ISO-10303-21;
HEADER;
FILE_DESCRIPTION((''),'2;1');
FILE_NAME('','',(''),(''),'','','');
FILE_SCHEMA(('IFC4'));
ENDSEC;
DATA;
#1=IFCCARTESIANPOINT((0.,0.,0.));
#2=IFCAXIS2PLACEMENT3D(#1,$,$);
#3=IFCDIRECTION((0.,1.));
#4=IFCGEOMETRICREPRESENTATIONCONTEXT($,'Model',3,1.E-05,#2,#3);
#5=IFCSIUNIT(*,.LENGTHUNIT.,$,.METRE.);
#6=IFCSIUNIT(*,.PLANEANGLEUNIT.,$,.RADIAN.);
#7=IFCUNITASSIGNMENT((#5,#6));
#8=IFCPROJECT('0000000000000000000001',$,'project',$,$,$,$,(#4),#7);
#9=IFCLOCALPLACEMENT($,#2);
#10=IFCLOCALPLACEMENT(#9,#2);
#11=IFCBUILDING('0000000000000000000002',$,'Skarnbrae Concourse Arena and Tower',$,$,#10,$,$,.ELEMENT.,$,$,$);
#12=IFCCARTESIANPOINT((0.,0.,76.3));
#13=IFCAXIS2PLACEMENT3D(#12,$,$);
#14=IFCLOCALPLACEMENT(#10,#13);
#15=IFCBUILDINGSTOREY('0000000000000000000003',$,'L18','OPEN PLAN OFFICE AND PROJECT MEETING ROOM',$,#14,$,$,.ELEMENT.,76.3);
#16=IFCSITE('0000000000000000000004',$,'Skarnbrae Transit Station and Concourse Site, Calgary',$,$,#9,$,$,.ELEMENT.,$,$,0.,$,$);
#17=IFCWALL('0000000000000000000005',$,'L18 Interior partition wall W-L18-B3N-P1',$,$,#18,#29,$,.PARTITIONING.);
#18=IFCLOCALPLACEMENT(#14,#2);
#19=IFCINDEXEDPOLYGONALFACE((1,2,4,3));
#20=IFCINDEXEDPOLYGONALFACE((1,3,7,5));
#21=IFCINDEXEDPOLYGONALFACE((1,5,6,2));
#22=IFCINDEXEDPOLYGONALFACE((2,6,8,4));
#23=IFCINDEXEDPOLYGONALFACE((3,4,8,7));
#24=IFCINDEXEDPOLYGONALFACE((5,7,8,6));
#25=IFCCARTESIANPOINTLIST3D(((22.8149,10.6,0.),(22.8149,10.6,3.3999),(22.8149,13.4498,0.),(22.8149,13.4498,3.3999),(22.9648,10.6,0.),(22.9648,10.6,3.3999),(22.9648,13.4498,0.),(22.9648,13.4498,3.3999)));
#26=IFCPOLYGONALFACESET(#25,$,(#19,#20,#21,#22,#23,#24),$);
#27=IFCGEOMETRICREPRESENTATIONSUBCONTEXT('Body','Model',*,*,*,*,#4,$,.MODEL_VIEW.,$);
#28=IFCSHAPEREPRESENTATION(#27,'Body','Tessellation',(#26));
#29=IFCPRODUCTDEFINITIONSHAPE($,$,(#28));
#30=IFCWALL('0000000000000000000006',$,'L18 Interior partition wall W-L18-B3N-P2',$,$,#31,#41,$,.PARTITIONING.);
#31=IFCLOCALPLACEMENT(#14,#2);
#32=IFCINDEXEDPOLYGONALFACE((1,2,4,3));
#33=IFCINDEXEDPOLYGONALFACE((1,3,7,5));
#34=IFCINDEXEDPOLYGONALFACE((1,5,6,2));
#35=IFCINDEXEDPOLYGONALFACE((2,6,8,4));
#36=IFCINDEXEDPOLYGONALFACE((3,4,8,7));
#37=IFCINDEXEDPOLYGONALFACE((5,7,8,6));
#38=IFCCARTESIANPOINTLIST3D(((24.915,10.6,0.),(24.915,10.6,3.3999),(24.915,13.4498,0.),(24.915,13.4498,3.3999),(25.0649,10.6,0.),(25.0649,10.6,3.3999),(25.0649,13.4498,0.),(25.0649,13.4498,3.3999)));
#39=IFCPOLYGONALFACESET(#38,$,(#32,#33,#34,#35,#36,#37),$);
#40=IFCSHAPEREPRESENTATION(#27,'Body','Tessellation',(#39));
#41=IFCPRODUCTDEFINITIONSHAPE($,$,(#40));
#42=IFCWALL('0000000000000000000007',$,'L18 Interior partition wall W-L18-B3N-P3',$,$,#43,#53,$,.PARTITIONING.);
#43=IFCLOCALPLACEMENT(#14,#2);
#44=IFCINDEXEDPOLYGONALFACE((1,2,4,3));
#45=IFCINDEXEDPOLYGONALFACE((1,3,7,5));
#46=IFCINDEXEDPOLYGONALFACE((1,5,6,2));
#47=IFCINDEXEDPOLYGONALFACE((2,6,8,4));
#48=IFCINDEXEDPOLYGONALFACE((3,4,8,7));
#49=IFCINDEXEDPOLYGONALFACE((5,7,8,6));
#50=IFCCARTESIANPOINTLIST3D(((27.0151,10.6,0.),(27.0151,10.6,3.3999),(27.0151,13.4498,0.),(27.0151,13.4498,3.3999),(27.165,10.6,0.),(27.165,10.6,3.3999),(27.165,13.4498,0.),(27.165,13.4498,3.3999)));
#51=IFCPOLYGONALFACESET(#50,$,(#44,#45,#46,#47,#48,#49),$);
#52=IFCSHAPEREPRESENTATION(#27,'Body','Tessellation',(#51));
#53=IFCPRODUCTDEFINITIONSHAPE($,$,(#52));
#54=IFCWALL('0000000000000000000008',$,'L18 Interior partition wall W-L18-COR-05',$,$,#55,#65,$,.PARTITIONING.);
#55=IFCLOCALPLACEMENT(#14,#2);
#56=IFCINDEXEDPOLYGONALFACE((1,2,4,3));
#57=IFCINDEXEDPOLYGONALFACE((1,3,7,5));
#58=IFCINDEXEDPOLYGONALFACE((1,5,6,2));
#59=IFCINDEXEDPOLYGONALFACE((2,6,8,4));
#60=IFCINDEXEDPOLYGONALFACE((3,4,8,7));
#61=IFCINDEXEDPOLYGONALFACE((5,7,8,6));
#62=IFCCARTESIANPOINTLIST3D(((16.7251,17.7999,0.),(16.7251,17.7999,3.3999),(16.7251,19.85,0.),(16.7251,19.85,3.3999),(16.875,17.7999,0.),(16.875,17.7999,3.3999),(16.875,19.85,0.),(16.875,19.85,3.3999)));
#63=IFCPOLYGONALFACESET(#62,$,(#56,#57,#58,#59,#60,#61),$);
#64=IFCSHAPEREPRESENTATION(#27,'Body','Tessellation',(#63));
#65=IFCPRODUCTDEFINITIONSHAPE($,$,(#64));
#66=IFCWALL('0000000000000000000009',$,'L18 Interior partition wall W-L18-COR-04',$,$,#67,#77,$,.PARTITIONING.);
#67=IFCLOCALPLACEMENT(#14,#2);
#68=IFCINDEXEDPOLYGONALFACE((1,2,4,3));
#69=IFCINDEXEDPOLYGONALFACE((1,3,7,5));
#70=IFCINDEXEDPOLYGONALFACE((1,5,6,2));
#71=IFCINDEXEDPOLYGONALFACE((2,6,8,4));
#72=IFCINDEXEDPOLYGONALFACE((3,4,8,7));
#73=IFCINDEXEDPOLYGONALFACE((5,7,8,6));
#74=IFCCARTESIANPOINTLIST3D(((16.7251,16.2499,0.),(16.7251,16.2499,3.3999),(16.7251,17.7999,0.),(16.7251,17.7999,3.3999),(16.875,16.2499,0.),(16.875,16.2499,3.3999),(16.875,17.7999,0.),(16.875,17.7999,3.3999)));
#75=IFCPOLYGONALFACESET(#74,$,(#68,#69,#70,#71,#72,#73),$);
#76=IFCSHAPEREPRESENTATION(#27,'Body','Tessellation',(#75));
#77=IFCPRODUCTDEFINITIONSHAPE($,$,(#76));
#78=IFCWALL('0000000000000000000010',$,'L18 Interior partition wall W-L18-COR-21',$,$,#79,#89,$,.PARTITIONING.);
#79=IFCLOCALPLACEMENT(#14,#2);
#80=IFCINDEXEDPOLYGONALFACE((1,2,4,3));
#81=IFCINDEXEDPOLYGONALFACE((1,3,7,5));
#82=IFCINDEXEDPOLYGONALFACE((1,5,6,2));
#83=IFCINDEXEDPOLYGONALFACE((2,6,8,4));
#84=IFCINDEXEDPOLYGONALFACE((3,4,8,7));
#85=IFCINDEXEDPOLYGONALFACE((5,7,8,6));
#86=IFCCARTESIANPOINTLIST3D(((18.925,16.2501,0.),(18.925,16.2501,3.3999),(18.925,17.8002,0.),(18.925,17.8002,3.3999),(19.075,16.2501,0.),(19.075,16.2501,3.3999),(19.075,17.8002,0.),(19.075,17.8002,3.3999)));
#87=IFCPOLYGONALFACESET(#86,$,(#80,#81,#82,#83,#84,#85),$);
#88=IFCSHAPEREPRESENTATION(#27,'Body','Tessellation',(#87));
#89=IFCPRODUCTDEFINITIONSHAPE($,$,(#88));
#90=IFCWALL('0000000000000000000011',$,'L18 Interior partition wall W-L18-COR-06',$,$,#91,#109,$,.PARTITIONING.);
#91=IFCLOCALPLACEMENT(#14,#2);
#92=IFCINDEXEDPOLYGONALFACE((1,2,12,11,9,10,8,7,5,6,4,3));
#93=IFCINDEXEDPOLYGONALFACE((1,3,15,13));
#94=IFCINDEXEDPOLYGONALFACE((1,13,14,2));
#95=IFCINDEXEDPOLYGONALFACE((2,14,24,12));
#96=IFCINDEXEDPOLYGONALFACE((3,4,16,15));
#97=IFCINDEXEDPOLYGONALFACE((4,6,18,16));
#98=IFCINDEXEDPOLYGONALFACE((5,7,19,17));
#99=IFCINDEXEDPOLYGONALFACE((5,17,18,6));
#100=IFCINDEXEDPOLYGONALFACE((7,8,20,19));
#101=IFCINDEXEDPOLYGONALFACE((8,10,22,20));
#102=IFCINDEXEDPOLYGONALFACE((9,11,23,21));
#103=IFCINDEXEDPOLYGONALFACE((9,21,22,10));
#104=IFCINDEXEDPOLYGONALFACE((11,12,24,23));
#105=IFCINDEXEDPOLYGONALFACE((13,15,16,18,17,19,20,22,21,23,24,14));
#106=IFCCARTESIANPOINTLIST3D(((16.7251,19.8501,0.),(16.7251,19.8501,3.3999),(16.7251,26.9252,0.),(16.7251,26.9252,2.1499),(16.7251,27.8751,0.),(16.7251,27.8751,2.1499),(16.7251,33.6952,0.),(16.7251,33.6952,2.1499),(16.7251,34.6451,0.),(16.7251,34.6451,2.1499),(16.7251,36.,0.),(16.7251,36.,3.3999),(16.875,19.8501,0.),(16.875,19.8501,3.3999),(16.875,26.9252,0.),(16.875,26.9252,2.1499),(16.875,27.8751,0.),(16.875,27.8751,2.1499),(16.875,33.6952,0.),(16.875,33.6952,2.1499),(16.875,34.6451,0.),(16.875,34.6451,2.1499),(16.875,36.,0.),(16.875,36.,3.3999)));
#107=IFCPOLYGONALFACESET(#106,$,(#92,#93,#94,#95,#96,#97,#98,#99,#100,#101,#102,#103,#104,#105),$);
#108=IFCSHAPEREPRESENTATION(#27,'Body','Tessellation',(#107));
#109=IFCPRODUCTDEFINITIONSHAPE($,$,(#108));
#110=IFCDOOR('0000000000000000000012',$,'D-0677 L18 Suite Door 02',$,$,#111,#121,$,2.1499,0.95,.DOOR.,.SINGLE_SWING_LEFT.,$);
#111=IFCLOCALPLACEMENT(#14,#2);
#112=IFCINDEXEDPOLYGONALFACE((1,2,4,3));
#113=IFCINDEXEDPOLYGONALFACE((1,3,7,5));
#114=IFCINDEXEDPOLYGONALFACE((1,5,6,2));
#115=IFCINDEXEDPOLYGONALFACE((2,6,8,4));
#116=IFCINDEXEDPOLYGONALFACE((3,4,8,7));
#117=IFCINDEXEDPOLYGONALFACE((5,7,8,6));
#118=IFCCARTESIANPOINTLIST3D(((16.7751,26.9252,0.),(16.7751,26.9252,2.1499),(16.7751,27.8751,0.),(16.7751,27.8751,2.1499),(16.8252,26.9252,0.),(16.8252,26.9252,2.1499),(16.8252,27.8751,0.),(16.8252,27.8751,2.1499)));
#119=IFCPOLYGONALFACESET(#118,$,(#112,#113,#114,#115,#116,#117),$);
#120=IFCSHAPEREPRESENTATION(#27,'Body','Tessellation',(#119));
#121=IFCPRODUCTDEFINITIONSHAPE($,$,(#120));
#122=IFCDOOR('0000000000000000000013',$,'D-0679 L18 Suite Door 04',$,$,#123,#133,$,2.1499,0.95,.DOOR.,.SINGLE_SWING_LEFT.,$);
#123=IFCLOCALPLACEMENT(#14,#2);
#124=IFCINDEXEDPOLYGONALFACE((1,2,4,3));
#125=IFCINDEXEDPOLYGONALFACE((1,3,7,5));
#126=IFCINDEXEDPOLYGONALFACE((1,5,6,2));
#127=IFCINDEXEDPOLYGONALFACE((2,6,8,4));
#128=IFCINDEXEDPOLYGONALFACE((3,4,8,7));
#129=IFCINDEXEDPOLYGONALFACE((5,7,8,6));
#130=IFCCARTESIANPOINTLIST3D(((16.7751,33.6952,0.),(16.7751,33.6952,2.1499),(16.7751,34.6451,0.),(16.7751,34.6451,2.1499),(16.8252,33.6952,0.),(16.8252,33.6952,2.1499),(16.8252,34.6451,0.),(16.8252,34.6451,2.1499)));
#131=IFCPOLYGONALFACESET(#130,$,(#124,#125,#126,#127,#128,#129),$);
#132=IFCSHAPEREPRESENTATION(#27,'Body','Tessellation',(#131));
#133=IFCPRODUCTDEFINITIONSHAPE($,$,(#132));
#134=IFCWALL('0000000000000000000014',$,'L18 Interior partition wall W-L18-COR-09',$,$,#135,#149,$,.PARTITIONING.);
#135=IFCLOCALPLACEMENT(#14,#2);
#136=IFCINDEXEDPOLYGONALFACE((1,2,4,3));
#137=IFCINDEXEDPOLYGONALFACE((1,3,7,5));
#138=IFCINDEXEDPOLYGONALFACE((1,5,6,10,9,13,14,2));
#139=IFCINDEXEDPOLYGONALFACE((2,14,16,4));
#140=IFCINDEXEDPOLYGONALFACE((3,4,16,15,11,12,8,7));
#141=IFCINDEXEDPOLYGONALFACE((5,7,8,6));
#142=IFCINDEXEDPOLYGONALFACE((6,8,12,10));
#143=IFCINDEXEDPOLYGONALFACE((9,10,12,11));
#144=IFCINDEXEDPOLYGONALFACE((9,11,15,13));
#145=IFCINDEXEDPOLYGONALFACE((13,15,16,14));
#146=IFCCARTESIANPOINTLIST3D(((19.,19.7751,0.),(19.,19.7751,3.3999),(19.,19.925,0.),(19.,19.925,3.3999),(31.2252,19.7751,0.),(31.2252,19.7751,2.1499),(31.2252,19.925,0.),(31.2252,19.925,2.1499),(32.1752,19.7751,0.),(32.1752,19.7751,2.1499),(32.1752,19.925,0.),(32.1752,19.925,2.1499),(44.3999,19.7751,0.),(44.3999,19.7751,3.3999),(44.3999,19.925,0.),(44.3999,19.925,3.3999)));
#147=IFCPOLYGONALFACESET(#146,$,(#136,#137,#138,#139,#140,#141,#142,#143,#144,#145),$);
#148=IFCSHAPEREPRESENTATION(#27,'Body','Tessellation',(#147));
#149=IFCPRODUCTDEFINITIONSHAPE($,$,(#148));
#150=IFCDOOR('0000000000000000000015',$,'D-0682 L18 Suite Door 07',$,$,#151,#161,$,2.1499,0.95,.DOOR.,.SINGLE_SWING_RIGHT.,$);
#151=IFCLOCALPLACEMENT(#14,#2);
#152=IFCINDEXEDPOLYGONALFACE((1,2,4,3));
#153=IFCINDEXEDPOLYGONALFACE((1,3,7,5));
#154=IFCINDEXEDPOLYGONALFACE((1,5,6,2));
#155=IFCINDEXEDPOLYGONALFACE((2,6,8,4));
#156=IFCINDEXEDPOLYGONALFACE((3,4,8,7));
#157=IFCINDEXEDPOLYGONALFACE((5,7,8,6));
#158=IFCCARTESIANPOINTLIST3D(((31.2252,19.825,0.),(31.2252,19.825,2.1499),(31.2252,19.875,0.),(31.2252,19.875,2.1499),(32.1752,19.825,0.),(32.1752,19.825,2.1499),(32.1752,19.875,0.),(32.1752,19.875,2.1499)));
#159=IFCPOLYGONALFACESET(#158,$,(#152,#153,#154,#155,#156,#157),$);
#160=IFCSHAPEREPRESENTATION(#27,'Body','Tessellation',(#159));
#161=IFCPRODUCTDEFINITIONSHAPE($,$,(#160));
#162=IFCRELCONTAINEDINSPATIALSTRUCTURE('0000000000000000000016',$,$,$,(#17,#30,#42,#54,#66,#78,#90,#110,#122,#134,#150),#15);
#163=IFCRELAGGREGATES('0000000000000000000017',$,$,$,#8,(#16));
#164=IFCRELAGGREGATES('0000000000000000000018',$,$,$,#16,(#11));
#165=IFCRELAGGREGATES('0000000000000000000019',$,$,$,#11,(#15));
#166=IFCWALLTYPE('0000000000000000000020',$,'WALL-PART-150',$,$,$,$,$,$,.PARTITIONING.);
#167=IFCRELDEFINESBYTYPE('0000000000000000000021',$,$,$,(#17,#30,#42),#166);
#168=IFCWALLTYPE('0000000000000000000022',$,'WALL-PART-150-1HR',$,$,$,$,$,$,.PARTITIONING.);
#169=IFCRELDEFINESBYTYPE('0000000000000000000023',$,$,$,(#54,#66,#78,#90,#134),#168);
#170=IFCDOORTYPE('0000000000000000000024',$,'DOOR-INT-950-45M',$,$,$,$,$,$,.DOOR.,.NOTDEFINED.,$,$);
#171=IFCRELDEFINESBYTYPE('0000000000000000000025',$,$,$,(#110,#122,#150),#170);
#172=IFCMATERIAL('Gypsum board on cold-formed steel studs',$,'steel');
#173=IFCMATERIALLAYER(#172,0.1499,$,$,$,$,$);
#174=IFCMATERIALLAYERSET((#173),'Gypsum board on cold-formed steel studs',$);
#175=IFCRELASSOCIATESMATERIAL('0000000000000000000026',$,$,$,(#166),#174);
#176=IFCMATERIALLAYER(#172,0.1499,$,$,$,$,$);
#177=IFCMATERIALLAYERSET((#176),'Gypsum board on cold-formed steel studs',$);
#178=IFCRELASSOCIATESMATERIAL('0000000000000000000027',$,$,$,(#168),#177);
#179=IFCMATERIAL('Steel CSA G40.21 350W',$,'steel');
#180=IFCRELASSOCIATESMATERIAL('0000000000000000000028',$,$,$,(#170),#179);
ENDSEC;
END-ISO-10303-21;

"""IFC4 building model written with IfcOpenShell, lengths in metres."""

from ifc_helpers import new_model, si_unit, direction, frame, frame_2d, origin, place, context, subcontext, project, spatial, rectangle, extrude, source, transform, mapped, material, layer, layer_set, type_object, element, fill, save


model = new_model("IFC4")

# Units and contexts
model_context = context("Model", 3, precision=1e-05, world=origin(), true_north=direction((0.0, 1.0)))
body_context = subcontext(model_context, "Body", "Model", "MODEL_VIEW")
ifc_project = project(units=[si_unit("LENGTHUNIT", "METRE"), si_unit("PLANEANGLEUNIT", "RADIAN")], contexts=[model_context])

# Site, building, storey
site_placement = place(None, origin())
site = spatial("IfcSite", under=ifc_project, at=site_placement, Name="Skarnbrae Transit Station and Concourse Site, Calgary", CompositionType="ELEMENT", RefElevation=0.0)
building_placement = place(site_placement, origin())
building = spatial("IfcBuilding", under=site, at=building_placement, Name="Skarnbrae Concourse Arena and Tower", CompositionType="ELEMENT")
storey_placement = place(building_placement, frame((0.0, 0.0, 76.3)))
storey = spatial("IfcBuildingStorey", under=building, at=storey_placement, Name="L18", Description="OPEN PLAN OFFICE AND PROJECT MEETING ROOM", CompositionType="ELEMENT", Elevation=76.3)

# Shared definitions
ifc_material_1 = material(Name="Steel CSA G40.21 350W", Category="steel")

# Walls
ifc_material_2 = material(Name="Gypsum board on cold-formed steel studs", Category="steel")
ifc_layer_1 = layer(ifc_material_2, 0.1499)
ifc_layer_set_1 = layer_set([ifc_layer_1], Name="Gypsum board on cold-formed steel studs")
wall_type_1 = type_object("IfcWallType", Name="WALL-PART-150", PredefinedType="PARTITIONING", material=ifc_layer_set_1)
shared_shape_1 = source(origin(), body_context, "Body", "SweptSolid", [
    extrude(rectangle(XDim=2.8499, YDim=0.1499, at=frame_2d((1.4248, 0.0))), origin(), (0.0, 0.0, 1.0), 3.3999),
])
for number, where, z_axis, x_axis, name in (
    (1, (22.8899, 10.6001, 0.0), (0.0, 0.0, 1.0), (0.0, 1.0, 0.0), "L18 Interior partition wall W-L18-B3N-P1"),
    (2, (24.99, 10.6001, 0.0), (0.0, 0.0, 1.0), (0.0, 1.0, 0.0), "L18 Interior partition wall W-L18-B3N-P2"),
    (3, (27.0901, 10.6001, 0.0), (0.0, 0.0, 1.0), (0.0, 1.0, 0.0), "L18 Interior partition wall W-L18-B3N-P3"),
):
    element("IfcWall", number, at=place(storey_placement, frame(where, z_axis=z_axis, x_axis=x_axis)), inside=storey, type_object=wall_type_1, Name=name, PredefinedType="PARTITIONING", context=body_context, shape_type="MappedRepresentation", body=[
        mapped(shared_shape_1, transform((0.0, 0.0, 0.0))),
    ])
ifc_layer_2 = layer(ifc_material_2, 0.1499)
ifc_layer_set_2 = layer_set([ifc_layer_2], Name="Gypsum board on cold-formed steel studs")
wall_type_2 = type_object("IfcWallType", Name="WALL-PART-150-1HR", PredefinedType="PARTITIONING", material=ifc_layer_set_2)
shared_shape_2 = source(origin(), body_context, "Body", "SweptSolid", [
    extrude(rectangle(XDim=2.05, YDim=0.1499, at=frame_2d((1.0249, 0.0))), origin(), (0.0, 0.0, 1.0), 3.3999),
])
wall_1_placement = place(storey_placement, frame((16.8, 17.8, 0.0), z_axis=(0.0, 0.0, 1.0), x_axis=(0.0, 1.0, 0.0)))
element("IfcWall", 4, at=wall_1_placement, inside=storey, type_object=wall_type_2, Name="L18 Interior partition wall W-L18-COR-05", PredefinedType="PARTITIONING", context=body_context, shape_type="MappedRepresentation", body=[
    mapped(shared_shape_2, transform((0.0, 0.0, 0.0))),
])
shared_shape_3 = source(origin(), body_context, "Body", "SweptSolid", [
    extrude(rectangle(XDim=1.55, YDim=0.1499, at=frame_2d((0.7749, 0.0))), origin(), (0.0, 0.0, 1.0), 3.3999),
])
for number, where, z_axis, x_axis, name in (
    (5, (16.8, 16.25, 0.0), (0.0, 0.0, 1.0), (0.0, 1.0, 0.0), "L18 Interior partition wall W-L18-COR-04"),
    (6, (19.0, 17.8, 0.0), (0.0, 0.0, 1.0), (0.0, -1.0, 0.0), "L18 Interior partition wall W-L18-COR-21"),
):
    element("IfcWall", number, at=place(storey_placement, frame(where, z_axis=z_axis, x_axis=x_axis)), inside=storey, type_object=wall_type_2, Name=name, PredefinedType="PARTITIONING", context=body_context, shape_type="MappedRepresentation", body=[
        mapped(shared_shape_3, transform((0.0, 0.0, 0.0))),
    ])

# Wall, openings, doors
shared_shape_4 = source(origin(), body_context, "Body", "SweptSolid", [
    extrude(rectangle(XDim=16.1499, YDim=0.1499, at=frame_2d((8.075, 0.0))), origin(), (0.0, 0.0, 1.0), 3.3999),
])
wall_2_placement = place(storey_placement, frame((16.8, 19.8501, 0.0), z_axis=(0.0, 0.0, 1.0), x_axis=(0.0, 1.0, 0.0)))
wall_2 = element("IfcWall", 7, at=wall_2_placement, inside=storey, type_object=wall_type_2, Name="L18 Interior partition wall W-L18-COR-06", PredefinedType="PARTITIONING", context=body_context, shape_type="MappedRepresentation", body=[
    mapped(shared_shape_4, transform((0.0, 0.0, 0.0))),
])
opening_1_placement = place(wall_2_placement, frame((7.075, 0.0, 0.0)))
opening_1 = element("IfcOpeningElement", 8, at=opening_1_placement, cuts=wall_2, PredefinedType="OPENING", context=body_context, shape_type="SweptSolid", body=[
    extrude(rectangle(XDim=0.95, YDim=2.1499, at=frame_2d((0.4751, 1.075))), frame((0.0, 0.085, 0.0), z_axis=(0.0, -1.0, 0.0), x_axis=(1.0, 0.0, 0.0)), (0.0, 0.0, 1.0), 0.1699),
])
opening_2_placement = place(wall_2_placement, frame((13.845, 0.0, 0.0)))
opening_2 = element("IfcOpeningElement", 9, at=opening_2_placement, cuts=wall_2, PredefinedType="OPENING", context=body_context, shape_type="SweptSolid", body=[
    extrude(rectangle(XDim=0.95, YDim=2.1499, at=frame_2d((0.4751, 1.075))), frame((0.0, 0.085, 0.0), z_axis=(0.0, -1.0, 0.0), x_axis=(1.0, 0.0, 0.0)), (0.0, 0.0, 1.0), 0.1699),
])
door_type_1 = type_object("IfcDoorType", Name="DOOR-INT-950-45M", OperationType="NOTDEFINED", PredefinedType="DOOR", material=ifc_material_1)
shared_shape_5 = source(origin(), body_context, "Body", "SweptSolid", [
    extrude(rectangle(XDim=0.95, YDim=2.1499, at=frame_2d((0.4751, 1.075))), frame((0.0, 0.0249, 0.0), z_axis=(0.0, -1.0, 0.0), x_axis=(1.0, 0.0, 0.0)), (0.0, 0.0, 1.0), 0.05),
])
door_1_placement = place(opening_1_placement, origin())
door_1 = element("IfcDoor", 10, at=door_1_placement, inside=storey, type_object=door_type_1, Name="D-0677 L18 Suite Door 02", OperationType="SINGLE_SWING_LEFT", OverallHeight=2.1499, OverallWidth=0.95, PredefinedType="DOOR", context=body_context, shape_type="MappedRepresentation", body=[
    mapped(shared_shape_5, transform((0.0, 0.0, 0.0))),
])
fill(opening_1, door_1)
door_2_placement = place(opening_2_placement, origin())
door_2 = element("IfcDoor", 11, at=door_2_placement, inside=storey, type_object=door_type_1, Name="D-0679 L18 Suite Door 04", OperationType="SINGLE_SWING_LEFT", OverallHeight=2.1499, OverallWidth=0.95, PredefinedType="DOOR", context=body_context, shape_type="MappedRepresentation", body=[
    mapped(shared_shape_5, transform((0.0, 0.0, 0.0))),
])
fill(opening_2, door_2)

# Wall, opening, door
shared_shape_6 = source(origin(), body_context, "Body", "SweptSolid", [
    extrude(rectangle(XDim=25.3999, YDim=0.1499, at=frame_2d((12.7, 0.0))), origin(), (0.0, 0.0, 1.0), 3.3999),
])
wall_3_placement = place(storey_placement, frame((19.0, 19.8501, 0.0), z_axis=(0.0, 0.0, 1.0), x_axis=(1.0, 0.0, 0.0)))
wall_3 = element("IfcWall", 12, at=wall_3_placement, inside=storey, type_object=wall_type_2, Name="L18 Interior partition wall W-L18-COR-09", PredefinedType="PARTITIONING", context=body_context, shape_type="MappedRepresentation", body=[
    mapped(shared_shape_6, transform((0.0, 0.0, 0.0))),
])
opening_3_placement = place(wall_3_placement, frame((12.2251, 0.0, 0.0)))
opening_3 = element("IfcOpeningElement", 13, at=opening_3_placement, cuts=wall_3, PredefinedType="OPENING", context=body_context, shape_type="SweptSolid", body=[
    extrude(rectangle(XDim=0.95, YDim=2.1499, at=frame_2d((0.4751, 1.075))), frame((0.0, 0.085, 0.0), z_axis=(0.0, -1.0, 0.0), x_axis=(1.0, 0.0, 0.0)), (0.0, 0.0, 1.0), 0.1699),
])
door_3_placement = place(opening_3_placement, origin())
door_3 = element("IfcDoor", 14, at=door_3_placement, inside=storey, type_object=door_type_1, Name="D-0682 L18 Suite Door 07", OperationType="SINGLE_SWING_RIGHT", OverallHeight=2.1499, OverallWidth=0.95, PredefinedType="DOOR", context=body_context, shape_type="MappedRepresentation", body=[
    mapped(shared_shape_5, transform((0.0, 0.0, 0.0))),
])
fill(opening_3, door_3)

save(model, "model.ifc")
